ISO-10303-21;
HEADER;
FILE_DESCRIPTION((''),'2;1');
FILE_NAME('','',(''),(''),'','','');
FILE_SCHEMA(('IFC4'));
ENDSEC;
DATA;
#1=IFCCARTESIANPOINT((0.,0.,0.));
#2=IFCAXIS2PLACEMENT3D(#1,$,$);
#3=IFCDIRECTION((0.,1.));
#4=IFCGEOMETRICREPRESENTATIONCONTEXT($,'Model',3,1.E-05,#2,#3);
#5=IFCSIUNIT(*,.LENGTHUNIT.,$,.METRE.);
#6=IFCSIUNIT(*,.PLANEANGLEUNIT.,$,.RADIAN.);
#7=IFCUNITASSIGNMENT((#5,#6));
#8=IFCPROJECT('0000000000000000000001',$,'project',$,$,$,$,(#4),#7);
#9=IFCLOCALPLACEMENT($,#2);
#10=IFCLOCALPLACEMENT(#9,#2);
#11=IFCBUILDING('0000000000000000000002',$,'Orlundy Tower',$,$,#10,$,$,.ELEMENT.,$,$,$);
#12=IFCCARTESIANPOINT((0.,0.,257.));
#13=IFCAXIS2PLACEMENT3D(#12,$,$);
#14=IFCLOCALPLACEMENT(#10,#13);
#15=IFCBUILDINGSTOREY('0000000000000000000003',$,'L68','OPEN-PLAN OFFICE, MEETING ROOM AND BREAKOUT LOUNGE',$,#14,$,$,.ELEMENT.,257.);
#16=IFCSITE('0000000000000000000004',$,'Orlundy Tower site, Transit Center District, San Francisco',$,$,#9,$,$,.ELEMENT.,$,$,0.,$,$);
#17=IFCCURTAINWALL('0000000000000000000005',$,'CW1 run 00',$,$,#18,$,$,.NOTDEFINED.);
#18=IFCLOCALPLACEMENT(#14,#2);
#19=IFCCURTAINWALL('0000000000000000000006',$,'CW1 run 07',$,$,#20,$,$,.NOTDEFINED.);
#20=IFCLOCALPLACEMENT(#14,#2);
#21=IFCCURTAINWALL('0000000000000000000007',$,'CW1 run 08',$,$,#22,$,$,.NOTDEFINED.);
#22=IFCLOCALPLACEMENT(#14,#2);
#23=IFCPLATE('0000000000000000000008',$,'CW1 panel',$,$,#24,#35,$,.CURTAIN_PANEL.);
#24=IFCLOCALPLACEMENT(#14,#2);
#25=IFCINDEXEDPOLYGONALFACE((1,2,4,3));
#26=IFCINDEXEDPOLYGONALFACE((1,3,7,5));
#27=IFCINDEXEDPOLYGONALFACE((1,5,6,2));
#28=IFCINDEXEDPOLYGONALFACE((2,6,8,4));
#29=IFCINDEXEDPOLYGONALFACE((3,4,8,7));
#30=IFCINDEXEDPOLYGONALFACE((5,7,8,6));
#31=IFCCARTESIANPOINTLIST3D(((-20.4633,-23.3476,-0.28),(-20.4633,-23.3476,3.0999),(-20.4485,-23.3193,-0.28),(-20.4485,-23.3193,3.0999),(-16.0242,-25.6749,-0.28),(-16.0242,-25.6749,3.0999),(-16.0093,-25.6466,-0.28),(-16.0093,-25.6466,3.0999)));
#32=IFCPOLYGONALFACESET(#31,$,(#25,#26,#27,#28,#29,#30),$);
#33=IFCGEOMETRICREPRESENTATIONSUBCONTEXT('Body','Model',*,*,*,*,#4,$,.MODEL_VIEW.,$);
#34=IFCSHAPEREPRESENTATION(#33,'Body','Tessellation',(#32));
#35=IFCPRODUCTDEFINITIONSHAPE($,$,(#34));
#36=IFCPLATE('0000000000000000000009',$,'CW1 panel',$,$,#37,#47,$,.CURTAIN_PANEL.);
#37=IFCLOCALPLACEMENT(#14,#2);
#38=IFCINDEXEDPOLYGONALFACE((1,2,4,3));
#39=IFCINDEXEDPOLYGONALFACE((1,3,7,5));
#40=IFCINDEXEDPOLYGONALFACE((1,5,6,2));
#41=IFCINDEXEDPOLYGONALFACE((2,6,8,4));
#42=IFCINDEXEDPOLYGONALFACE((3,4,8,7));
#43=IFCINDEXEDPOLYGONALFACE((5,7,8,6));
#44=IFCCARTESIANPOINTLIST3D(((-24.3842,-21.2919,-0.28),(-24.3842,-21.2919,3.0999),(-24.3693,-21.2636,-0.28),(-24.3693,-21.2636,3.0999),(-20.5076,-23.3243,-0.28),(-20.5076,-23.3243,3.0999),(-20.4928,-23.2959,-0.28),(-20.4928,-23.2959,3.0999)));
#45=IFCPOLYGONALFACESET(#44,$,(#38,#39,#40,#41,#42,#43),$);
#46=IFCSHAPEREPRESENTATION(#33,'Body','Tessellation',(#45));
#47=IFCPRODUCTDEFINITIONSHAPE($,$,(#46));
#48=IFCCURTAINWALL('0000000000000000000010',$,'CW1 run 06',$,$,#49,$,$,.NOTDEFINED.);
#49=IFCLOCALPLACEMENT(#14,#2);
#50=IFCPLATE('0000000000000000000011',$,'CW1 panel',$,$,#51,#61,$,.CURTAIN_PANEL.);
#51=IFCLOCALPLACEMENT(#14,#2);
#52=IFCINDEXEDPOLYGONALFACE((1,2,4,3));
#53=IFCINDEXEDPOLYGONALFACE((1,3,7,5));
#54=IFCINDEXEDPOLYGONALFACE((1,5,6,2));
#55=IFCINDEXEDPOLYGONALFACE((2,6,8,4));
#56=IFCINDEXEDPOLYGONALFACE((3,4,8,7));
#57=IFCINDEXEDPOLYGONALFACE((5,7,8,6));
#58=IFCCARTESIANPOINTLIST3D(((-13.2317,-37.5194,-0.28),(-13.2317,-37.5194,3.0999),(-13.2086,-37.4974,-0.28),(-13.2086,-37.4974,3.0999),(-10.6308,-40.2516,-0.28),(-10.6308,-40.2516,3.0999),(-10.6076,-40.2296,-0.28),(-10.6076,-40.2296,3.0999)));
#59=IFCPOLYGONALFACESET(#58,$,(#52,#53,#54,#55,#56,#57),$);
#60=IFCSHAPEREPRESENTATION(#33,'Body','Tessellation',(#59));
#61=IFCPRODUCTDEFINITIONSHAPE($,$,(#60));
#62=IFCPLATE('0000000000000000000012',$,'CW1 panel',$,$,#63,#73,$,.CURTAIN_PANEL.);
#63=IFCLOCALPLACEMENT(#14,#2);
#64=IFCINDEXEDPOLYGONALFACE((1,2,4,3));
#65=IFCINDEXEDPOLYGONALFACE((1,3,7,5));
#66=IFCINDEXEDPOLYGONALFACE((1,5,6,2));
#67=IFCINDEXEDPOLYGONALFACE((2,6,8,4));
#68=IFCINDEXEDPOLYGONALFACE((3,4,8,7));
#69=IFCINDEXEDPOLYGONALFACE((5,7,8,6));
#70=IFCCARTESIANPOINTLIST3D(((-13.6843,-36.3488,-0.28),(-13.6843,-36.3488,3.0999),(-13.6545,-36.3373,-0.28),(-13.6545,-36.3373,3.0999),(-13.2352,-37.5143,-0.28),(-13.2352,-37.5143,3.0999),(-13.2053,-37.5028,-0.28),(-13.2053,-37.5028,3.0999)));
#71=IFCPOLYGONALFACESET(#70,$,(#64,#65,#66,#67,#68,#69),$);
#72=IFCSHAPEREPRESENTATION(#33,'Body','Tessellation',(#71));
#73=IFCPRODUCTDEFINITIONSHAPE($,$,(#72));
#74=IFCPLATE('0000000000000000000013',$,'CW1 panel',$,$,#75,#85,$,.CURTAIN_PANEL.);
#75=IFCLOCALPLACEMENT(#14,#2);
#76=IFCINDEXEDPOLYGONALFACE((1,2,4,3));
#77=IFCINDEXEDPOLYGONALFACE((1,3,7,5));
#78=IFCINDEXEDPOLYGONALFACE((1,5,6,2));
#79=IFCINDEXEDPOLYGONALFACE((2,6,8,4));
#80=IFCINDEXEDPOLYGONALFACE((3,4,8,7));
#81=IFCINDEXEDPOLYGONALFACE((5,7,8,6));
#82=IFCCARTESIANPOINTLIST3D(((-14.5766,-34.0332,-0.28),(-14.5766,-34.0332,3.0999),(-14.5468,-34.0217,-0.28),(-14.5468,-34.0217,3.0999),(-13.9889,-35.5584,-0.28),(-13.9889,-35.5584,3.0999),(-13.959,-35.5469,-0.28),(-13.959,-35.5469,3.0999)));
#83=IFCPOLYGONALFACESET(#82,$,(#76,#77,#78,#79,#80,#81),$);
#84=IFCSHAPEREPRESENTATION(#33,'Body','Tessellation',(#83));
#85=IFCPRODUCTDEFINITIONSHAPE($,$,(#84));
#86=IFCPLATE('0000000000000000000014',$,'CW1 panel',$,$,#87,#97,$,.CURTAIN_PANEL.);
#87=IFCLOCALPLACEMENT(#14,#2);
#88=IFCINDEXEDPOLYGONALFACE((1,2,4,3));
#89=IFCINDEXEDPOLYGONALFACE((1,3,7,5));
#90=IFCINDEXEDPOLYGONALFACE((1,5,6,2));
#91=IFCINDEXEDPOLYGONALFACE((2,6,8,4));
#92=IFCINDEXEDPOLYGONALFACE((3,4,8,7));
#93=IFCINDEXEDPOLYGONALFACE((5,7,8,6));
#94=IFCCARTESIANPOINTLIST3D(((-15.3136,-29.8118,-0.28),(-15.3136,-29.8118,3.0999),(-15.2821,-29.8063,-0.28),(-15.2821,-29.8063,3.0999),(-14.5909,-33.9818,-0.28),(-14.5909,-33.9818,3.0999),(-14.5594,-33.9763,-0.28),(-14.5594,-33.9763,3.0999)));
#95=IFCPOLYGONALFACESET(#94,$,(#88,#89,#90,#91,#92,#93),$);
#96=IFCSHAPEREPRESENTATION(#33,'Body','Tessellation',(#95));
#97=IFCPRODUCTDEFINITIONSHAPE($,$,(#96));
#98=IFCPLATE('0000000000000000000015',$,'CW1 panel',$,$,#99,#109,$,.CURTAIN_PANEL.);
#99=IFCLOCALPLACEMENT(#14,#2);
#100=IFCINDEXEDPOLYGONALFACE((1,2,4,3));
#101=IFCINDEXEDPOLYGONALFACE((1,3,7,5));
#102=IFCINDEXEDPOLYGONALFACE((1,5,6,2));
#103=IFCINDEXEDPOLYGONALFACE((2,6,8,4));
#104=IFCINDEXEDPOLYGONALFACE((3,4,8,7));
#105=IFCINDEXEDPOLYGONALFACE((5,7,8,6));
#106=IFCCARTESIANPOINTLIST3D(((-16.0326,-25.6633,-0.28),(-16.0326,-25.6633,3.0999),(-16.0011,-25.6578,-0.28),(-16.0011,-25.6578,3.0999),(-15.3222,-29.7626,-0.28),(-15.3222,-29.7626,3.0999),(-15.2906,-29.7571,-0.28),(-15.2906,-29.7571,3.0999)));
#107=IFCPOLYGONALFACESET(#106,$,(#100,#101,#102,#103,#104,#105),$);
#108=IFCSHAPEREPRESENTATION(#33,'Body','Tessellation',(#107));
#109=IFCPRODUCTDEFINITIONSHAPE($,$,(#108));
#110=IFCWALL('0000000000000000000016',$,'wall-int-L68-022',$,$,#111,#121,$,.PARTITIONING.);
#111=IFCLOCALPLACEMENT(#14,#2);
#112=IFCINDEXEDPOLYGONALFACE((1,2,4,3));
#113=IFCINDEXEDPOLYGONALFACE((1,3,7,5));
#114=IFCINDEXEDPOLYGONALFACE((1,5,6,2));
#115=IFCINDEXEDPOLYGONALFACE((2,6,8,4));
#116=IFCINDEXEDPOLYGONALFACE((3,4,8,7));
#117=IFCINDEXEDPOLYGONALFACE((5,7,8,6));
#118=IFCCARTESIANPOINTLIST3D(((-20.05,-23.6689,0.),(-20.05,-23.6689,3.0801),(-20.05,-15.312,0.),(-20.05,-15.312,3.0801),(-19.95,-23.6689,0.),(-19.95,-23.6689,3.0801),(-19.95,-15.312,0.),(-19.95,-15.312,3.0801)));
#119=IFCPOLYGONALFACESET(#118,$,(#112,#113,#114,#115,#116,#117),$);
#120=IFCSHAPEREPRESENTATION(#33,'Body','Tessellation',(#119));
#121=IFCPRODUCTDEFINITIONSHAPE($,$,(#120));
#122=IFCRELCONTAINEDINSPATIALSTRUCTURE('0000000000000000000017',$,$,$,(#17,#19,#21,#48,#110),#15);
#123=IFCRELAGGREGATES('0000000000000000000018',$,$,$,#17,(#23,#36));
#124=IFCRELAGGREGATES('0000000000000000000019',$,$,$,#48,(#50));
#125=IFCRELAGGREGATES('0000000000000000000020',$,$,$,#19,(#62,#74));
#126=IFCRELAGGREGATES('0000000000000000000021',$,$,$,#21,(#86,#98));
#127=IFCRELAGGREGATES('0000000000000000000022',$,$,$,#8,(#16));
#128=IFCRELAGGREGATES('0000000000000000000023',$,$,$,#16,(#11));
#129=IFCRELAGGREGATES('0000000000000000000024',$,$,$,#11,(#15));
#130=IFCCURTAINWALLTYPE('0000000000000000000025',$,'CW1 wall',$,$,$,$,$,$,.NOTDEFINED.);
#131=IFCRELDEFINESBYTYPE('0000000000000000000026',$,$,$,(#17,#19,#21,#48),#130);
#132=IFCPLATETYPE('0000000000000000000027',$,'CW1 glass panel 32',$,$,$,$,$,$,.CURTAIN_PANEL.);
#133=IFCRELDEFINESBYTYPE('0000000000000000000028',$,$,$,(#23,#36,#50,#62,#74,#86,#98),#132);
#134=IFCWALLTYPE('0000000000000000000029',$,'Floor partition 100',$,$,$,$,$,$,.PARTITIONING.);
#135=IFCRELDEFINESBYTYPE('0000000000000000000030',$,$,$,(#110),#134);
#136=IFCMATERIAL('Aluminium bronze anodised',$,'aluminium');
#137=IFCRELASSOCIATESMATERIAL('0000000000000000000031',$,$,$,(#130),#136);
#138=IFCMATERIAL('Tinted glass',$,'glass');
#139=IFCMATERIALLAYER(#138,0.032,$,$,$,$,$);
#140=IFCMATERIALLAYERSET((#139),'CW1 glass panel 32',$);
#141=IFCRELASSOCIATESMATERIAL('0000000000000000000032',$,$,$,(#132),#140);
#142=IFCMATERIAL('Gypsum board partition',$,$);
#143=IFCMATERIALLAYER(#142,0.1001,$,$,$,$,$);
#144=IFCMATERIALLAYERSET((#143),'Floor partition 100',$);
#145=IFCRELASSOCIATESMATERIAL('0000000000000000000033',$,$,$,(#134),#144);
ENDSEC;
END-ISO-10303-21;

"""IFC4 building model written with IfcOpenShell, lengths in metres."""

from ifc_helpers import new_model, si_unit, direction, frame, frame_2d, origin, origin_2d, place, context, subcontext, project, spatial, rectangle, extrude, material, layer, layer_set, type_object, element, aggregate, save


model = new_model("IFC4")

# Units and contexts
model_context = context("Model", 3, precision=1e-05, world=origin(), true_north=direction((0.0, 1.0)))
body_context = subcontext(model_context, "Body", "Model", "MODEL_VIEW")
ifc_project = project(units=[si_unit("LENGTHUNIT", "METRE"), si_unit("PLANEANGLEUNIT", "RADIAN")], contexts=[model_context])

# Site, building, storey
site_placement = place(None, origin())
site = spatial("IfcSite", under=ifc_project, at=site_placement, Name="Orlundy Tower site, Transit Center District, San Francisco", CompositionType="ELEMENT", RefElevation=0.0)
building_placement = place(site_placement, origin())
building = spatial("IfcBuilding", under=site, at=building_placement, Name="Orlundy Tower", CompositionType="ELEMENT")
storey_placement = place(building_placement, frame((0.0, 0.0, 257.0)))
storey = spatial("IfcBuildingStorey", under=building, at=storey_placement, Name="L68", Description="OPEN-PLAN OFFICE, MEETING ROOM AND BREAKOUT LOUNGE", CompositionType="ELEMENT", Elevation=257.0)

# Curtain walls
ifc_material_1 = material(Name="Aluminium bronze anodised", Category="aluminium")
curtain_wall_type = type_object("IfcCurtainWallType", Name="CW1 wall", PredefinedType="NOTDEFINED", material=ifc_material_1)
curtain_wall_1_placement = place(storey_placement, origin())
curtain_wall_1 = element("IfcCurtainWall", 1, at=curtain_wall_1_placement, inside=storey, type_object=curtain_wall_type, Name="CW1 run 00", PredefinedType="NOTDEFINED")
curtain_wall_2_placement = place(storey_placement, origin())
curtain_wall_2 = element("IfcCurtainWall", 2, at=curtain_wall_2_placement, inside=storey, type_object=curtain_wall_type, Name="CW1 run 07", PredefinedType="NOTDEFINED")

# Curtain wall
curtain_wall_3_placement = place(storey_placement, origin())
curtain_wall_3 = element("IfcCurtainWall", 3, at=curtain_wall_3_placement, inside=storey, type_object=curtain_wall_type, Name="CW1 run 08", PredefinedType="NOTDEFINED")

# Plates
ifc_material_2 = material(Name="Tinted glass", Category="glass")
ifc_layer_1 = layer(ifc_material_2, 0.032)
ifc_layer_set_1 = layer_set([ifc_layer_1], Name="CW1 glass panel 32")
plate_type = type_object("IfcPlateType", Name="CW1 glass panel 32", PredefinedType="CURTAIN_PANEL", material=ifc_layer_set_1)
plate_1_placement = place(storey_placement, frame((-18.2363, -24.4971, -0.28), z_axis=(0.0, 0.0, 1.0), x_axis=(-0.885665, 0.464325, 0.0)))
plate_1 = element("IfcPlate", 4, at=plate_1_placement, type_object=plate_type, Name="CW1 panel", PredefinedType="CURTAIN_PANEL", context=body_context, shape_type="SweptSolid", body=[
    extrude(rectangle(XDim=5.0122, YDim=0.032, at=origin_2d()), origin(), (0.0, 0.0, 1.0), 3.3799),
])
plate_2_placement = place(storey_placement, frame((-22.4385, -22.2939, -0.28), z_axis=(0.0, 0.0, 1.0), x_axis=(-0.885665, 0.464325, 0.0)))
plate_2 = element("IfcPlate", 5, at=plate_2_placement, type_object=plate_type, Name="CW1 panel", PredefinedType="CURTAIN_PANEL", context=body_context, shape_type="SweptSolid", body=[
    extrude(rectangle(XDim=4.377, YDim=0.032, at=origin_2d()), origin(), (0.0, 0.0, 1.0), 3.3799),
])
aggregate(curtain_wall_1, [plate_1, plate_2])

# Curtain wall, plate
curtain_wall_4_placement = place(storey_placement, origin())
curtain_wall_4 = element("IfcCurtainWall", 6, at=curtain_wall_4_placement, inside=storey, type_object=curtain_wall_type, Name="CW1 run 06", PredefinedType="NOTDEFINED")
plate_3_placement = place(storey_placement, frame((-11.9197, -38.8745, -0.28), z_axis=(0.0, 0.0, 1.0), x_axis=(-0.689493, 0.724292, 0.0)))
plate_3 = element("IfcPlate", 7, at=plate_3_placement, type_object=plate_type, Name="CW1 panel", PredefinedType="CURTAIN_PANEL", context=body_context, shape_type="SweptSolid", body=[
    extrude(rectangle(XDim=3.7722, YDim=0.032, at=origin_2d()), origin(), (0.0, 0.0, 1.0), 3.3799),
])
aggregate(curtain_wall_4, [plate_3])

# Plates
plate_4_placement = place(storey_placement, frame((-13.4448, -36.9258, -0.28), z_axis=(0.0, 0.0, 1.0), x_axis=(-0.359594, 0.933109, 0.0)))
plate_4 = element("IfcPlate", 8, at=plate_4_placement, type_object=plate_type, Name="CW1 panel", PredefinedType="CURTAIN_PANEL", context=body_context, shape_type="SweptSolid", body=[
    extrude(rectangle(XDim=1.249, YDim=0.032, at=origin_2d()), origin(), (0.0, 0.0, 1.0), 3.3799),
])
plate_5_placement = place(storey_placement, frame((-14.2678, -34.79, -0.28), z_axis=(0.0, 0.0, 1.0), x_axis=(-0.359594, 0.933109, 0.0)))
plate_5 = element("IfcPlate", 9, at=plate_5_placement, type_object=plate_type, Name="CW1 panel", PredefinedType="CURTAIN_PANEL", context=body_context, shape_type="SweptSolid", body=[
    extrude(rectangle(XDim=1.6345, YDim=0.032, at=origin_2d()), origin(), (0.0, 0.0, 1.0), 3.3799),
])
aggregate(curtain_wall_2, [plate_4, plate_5])
plate_6_placement = place(storey_placement, frame((-14.9365, -31.894, -0.28), z_axis=(0.0, 0.0, 1.0), x_axis=(-0.170762, 0.985312, 0.0)))
plate_6 = element("IfcPlate", 10, at=plate_6_placement, type_object=plate_type, Name="CW1 panel", PredefinedType="CURTAIN_PANEL", context=body_context, shape_type="SweptSolid", body=[
    extrude(rectangle(XDim=4.2322, YDim=0.032, at=origin_2d()), origin(), (0.0, 0.0, 1.0), 3.3799),
])
plate_7_placement = place(storey_placement, frame((-15.6616, -27.7102, -0.28), z_axis=(0.0, 0.0, 1.0), x_axis=(-0.170762, 0.985312, 0.0)))
plate_7 = element("IfcPlate", 11, at=plate_7_placement, type_object=plate_type, Name="CW1 panel", PredefinedType="CURTAIN_PANEL", context=body_context, shape_type="SweptSolid", body=[
    extrude(rectangle(XDim=4.1604, YDim=0.032, at=origin_2d()), origin(), (0.0, 0.0, 1.0), 3.3799),
])
aggregate(curtain_wall_3, [plate_6, plate_7])

# Wall
ifc_material_3 = material(Name="Gypsum board partition")
ifc_layer_2 = layer(ifc_material_3, 0.1001)
ifc_layer_set_2 = layer_set([ifc_layer_2], Name="Floor partition 100")
wall_type = type_object("IfcWallType", Name="Floor partition 100", PredefinedType="PARTITIONING", material=ifc_layer_set_2)
wall_placement = place(storey_placement, frame((-20.0, -23.6689, 0.0), z_axis=(0.0, 0.0, 1.0), x_axis=(0.0, 1.0, 0.0)))
element("IfcWall", 12, at=wall_placement, inside=storey, type_object=wall_type, Name="wall-int-L68-022", PredefinedType="PARTITIONING", context=body_context, shape_type="SweptSolid", body=[
    extrude(rectangle(XDim=8.3569, YDim=0.1001, at=frame_2d((4.1785, 0.0))), origin(), (0.0, 0.0, 1.0), 3.0801),
])

save(model, "model.ifc")
